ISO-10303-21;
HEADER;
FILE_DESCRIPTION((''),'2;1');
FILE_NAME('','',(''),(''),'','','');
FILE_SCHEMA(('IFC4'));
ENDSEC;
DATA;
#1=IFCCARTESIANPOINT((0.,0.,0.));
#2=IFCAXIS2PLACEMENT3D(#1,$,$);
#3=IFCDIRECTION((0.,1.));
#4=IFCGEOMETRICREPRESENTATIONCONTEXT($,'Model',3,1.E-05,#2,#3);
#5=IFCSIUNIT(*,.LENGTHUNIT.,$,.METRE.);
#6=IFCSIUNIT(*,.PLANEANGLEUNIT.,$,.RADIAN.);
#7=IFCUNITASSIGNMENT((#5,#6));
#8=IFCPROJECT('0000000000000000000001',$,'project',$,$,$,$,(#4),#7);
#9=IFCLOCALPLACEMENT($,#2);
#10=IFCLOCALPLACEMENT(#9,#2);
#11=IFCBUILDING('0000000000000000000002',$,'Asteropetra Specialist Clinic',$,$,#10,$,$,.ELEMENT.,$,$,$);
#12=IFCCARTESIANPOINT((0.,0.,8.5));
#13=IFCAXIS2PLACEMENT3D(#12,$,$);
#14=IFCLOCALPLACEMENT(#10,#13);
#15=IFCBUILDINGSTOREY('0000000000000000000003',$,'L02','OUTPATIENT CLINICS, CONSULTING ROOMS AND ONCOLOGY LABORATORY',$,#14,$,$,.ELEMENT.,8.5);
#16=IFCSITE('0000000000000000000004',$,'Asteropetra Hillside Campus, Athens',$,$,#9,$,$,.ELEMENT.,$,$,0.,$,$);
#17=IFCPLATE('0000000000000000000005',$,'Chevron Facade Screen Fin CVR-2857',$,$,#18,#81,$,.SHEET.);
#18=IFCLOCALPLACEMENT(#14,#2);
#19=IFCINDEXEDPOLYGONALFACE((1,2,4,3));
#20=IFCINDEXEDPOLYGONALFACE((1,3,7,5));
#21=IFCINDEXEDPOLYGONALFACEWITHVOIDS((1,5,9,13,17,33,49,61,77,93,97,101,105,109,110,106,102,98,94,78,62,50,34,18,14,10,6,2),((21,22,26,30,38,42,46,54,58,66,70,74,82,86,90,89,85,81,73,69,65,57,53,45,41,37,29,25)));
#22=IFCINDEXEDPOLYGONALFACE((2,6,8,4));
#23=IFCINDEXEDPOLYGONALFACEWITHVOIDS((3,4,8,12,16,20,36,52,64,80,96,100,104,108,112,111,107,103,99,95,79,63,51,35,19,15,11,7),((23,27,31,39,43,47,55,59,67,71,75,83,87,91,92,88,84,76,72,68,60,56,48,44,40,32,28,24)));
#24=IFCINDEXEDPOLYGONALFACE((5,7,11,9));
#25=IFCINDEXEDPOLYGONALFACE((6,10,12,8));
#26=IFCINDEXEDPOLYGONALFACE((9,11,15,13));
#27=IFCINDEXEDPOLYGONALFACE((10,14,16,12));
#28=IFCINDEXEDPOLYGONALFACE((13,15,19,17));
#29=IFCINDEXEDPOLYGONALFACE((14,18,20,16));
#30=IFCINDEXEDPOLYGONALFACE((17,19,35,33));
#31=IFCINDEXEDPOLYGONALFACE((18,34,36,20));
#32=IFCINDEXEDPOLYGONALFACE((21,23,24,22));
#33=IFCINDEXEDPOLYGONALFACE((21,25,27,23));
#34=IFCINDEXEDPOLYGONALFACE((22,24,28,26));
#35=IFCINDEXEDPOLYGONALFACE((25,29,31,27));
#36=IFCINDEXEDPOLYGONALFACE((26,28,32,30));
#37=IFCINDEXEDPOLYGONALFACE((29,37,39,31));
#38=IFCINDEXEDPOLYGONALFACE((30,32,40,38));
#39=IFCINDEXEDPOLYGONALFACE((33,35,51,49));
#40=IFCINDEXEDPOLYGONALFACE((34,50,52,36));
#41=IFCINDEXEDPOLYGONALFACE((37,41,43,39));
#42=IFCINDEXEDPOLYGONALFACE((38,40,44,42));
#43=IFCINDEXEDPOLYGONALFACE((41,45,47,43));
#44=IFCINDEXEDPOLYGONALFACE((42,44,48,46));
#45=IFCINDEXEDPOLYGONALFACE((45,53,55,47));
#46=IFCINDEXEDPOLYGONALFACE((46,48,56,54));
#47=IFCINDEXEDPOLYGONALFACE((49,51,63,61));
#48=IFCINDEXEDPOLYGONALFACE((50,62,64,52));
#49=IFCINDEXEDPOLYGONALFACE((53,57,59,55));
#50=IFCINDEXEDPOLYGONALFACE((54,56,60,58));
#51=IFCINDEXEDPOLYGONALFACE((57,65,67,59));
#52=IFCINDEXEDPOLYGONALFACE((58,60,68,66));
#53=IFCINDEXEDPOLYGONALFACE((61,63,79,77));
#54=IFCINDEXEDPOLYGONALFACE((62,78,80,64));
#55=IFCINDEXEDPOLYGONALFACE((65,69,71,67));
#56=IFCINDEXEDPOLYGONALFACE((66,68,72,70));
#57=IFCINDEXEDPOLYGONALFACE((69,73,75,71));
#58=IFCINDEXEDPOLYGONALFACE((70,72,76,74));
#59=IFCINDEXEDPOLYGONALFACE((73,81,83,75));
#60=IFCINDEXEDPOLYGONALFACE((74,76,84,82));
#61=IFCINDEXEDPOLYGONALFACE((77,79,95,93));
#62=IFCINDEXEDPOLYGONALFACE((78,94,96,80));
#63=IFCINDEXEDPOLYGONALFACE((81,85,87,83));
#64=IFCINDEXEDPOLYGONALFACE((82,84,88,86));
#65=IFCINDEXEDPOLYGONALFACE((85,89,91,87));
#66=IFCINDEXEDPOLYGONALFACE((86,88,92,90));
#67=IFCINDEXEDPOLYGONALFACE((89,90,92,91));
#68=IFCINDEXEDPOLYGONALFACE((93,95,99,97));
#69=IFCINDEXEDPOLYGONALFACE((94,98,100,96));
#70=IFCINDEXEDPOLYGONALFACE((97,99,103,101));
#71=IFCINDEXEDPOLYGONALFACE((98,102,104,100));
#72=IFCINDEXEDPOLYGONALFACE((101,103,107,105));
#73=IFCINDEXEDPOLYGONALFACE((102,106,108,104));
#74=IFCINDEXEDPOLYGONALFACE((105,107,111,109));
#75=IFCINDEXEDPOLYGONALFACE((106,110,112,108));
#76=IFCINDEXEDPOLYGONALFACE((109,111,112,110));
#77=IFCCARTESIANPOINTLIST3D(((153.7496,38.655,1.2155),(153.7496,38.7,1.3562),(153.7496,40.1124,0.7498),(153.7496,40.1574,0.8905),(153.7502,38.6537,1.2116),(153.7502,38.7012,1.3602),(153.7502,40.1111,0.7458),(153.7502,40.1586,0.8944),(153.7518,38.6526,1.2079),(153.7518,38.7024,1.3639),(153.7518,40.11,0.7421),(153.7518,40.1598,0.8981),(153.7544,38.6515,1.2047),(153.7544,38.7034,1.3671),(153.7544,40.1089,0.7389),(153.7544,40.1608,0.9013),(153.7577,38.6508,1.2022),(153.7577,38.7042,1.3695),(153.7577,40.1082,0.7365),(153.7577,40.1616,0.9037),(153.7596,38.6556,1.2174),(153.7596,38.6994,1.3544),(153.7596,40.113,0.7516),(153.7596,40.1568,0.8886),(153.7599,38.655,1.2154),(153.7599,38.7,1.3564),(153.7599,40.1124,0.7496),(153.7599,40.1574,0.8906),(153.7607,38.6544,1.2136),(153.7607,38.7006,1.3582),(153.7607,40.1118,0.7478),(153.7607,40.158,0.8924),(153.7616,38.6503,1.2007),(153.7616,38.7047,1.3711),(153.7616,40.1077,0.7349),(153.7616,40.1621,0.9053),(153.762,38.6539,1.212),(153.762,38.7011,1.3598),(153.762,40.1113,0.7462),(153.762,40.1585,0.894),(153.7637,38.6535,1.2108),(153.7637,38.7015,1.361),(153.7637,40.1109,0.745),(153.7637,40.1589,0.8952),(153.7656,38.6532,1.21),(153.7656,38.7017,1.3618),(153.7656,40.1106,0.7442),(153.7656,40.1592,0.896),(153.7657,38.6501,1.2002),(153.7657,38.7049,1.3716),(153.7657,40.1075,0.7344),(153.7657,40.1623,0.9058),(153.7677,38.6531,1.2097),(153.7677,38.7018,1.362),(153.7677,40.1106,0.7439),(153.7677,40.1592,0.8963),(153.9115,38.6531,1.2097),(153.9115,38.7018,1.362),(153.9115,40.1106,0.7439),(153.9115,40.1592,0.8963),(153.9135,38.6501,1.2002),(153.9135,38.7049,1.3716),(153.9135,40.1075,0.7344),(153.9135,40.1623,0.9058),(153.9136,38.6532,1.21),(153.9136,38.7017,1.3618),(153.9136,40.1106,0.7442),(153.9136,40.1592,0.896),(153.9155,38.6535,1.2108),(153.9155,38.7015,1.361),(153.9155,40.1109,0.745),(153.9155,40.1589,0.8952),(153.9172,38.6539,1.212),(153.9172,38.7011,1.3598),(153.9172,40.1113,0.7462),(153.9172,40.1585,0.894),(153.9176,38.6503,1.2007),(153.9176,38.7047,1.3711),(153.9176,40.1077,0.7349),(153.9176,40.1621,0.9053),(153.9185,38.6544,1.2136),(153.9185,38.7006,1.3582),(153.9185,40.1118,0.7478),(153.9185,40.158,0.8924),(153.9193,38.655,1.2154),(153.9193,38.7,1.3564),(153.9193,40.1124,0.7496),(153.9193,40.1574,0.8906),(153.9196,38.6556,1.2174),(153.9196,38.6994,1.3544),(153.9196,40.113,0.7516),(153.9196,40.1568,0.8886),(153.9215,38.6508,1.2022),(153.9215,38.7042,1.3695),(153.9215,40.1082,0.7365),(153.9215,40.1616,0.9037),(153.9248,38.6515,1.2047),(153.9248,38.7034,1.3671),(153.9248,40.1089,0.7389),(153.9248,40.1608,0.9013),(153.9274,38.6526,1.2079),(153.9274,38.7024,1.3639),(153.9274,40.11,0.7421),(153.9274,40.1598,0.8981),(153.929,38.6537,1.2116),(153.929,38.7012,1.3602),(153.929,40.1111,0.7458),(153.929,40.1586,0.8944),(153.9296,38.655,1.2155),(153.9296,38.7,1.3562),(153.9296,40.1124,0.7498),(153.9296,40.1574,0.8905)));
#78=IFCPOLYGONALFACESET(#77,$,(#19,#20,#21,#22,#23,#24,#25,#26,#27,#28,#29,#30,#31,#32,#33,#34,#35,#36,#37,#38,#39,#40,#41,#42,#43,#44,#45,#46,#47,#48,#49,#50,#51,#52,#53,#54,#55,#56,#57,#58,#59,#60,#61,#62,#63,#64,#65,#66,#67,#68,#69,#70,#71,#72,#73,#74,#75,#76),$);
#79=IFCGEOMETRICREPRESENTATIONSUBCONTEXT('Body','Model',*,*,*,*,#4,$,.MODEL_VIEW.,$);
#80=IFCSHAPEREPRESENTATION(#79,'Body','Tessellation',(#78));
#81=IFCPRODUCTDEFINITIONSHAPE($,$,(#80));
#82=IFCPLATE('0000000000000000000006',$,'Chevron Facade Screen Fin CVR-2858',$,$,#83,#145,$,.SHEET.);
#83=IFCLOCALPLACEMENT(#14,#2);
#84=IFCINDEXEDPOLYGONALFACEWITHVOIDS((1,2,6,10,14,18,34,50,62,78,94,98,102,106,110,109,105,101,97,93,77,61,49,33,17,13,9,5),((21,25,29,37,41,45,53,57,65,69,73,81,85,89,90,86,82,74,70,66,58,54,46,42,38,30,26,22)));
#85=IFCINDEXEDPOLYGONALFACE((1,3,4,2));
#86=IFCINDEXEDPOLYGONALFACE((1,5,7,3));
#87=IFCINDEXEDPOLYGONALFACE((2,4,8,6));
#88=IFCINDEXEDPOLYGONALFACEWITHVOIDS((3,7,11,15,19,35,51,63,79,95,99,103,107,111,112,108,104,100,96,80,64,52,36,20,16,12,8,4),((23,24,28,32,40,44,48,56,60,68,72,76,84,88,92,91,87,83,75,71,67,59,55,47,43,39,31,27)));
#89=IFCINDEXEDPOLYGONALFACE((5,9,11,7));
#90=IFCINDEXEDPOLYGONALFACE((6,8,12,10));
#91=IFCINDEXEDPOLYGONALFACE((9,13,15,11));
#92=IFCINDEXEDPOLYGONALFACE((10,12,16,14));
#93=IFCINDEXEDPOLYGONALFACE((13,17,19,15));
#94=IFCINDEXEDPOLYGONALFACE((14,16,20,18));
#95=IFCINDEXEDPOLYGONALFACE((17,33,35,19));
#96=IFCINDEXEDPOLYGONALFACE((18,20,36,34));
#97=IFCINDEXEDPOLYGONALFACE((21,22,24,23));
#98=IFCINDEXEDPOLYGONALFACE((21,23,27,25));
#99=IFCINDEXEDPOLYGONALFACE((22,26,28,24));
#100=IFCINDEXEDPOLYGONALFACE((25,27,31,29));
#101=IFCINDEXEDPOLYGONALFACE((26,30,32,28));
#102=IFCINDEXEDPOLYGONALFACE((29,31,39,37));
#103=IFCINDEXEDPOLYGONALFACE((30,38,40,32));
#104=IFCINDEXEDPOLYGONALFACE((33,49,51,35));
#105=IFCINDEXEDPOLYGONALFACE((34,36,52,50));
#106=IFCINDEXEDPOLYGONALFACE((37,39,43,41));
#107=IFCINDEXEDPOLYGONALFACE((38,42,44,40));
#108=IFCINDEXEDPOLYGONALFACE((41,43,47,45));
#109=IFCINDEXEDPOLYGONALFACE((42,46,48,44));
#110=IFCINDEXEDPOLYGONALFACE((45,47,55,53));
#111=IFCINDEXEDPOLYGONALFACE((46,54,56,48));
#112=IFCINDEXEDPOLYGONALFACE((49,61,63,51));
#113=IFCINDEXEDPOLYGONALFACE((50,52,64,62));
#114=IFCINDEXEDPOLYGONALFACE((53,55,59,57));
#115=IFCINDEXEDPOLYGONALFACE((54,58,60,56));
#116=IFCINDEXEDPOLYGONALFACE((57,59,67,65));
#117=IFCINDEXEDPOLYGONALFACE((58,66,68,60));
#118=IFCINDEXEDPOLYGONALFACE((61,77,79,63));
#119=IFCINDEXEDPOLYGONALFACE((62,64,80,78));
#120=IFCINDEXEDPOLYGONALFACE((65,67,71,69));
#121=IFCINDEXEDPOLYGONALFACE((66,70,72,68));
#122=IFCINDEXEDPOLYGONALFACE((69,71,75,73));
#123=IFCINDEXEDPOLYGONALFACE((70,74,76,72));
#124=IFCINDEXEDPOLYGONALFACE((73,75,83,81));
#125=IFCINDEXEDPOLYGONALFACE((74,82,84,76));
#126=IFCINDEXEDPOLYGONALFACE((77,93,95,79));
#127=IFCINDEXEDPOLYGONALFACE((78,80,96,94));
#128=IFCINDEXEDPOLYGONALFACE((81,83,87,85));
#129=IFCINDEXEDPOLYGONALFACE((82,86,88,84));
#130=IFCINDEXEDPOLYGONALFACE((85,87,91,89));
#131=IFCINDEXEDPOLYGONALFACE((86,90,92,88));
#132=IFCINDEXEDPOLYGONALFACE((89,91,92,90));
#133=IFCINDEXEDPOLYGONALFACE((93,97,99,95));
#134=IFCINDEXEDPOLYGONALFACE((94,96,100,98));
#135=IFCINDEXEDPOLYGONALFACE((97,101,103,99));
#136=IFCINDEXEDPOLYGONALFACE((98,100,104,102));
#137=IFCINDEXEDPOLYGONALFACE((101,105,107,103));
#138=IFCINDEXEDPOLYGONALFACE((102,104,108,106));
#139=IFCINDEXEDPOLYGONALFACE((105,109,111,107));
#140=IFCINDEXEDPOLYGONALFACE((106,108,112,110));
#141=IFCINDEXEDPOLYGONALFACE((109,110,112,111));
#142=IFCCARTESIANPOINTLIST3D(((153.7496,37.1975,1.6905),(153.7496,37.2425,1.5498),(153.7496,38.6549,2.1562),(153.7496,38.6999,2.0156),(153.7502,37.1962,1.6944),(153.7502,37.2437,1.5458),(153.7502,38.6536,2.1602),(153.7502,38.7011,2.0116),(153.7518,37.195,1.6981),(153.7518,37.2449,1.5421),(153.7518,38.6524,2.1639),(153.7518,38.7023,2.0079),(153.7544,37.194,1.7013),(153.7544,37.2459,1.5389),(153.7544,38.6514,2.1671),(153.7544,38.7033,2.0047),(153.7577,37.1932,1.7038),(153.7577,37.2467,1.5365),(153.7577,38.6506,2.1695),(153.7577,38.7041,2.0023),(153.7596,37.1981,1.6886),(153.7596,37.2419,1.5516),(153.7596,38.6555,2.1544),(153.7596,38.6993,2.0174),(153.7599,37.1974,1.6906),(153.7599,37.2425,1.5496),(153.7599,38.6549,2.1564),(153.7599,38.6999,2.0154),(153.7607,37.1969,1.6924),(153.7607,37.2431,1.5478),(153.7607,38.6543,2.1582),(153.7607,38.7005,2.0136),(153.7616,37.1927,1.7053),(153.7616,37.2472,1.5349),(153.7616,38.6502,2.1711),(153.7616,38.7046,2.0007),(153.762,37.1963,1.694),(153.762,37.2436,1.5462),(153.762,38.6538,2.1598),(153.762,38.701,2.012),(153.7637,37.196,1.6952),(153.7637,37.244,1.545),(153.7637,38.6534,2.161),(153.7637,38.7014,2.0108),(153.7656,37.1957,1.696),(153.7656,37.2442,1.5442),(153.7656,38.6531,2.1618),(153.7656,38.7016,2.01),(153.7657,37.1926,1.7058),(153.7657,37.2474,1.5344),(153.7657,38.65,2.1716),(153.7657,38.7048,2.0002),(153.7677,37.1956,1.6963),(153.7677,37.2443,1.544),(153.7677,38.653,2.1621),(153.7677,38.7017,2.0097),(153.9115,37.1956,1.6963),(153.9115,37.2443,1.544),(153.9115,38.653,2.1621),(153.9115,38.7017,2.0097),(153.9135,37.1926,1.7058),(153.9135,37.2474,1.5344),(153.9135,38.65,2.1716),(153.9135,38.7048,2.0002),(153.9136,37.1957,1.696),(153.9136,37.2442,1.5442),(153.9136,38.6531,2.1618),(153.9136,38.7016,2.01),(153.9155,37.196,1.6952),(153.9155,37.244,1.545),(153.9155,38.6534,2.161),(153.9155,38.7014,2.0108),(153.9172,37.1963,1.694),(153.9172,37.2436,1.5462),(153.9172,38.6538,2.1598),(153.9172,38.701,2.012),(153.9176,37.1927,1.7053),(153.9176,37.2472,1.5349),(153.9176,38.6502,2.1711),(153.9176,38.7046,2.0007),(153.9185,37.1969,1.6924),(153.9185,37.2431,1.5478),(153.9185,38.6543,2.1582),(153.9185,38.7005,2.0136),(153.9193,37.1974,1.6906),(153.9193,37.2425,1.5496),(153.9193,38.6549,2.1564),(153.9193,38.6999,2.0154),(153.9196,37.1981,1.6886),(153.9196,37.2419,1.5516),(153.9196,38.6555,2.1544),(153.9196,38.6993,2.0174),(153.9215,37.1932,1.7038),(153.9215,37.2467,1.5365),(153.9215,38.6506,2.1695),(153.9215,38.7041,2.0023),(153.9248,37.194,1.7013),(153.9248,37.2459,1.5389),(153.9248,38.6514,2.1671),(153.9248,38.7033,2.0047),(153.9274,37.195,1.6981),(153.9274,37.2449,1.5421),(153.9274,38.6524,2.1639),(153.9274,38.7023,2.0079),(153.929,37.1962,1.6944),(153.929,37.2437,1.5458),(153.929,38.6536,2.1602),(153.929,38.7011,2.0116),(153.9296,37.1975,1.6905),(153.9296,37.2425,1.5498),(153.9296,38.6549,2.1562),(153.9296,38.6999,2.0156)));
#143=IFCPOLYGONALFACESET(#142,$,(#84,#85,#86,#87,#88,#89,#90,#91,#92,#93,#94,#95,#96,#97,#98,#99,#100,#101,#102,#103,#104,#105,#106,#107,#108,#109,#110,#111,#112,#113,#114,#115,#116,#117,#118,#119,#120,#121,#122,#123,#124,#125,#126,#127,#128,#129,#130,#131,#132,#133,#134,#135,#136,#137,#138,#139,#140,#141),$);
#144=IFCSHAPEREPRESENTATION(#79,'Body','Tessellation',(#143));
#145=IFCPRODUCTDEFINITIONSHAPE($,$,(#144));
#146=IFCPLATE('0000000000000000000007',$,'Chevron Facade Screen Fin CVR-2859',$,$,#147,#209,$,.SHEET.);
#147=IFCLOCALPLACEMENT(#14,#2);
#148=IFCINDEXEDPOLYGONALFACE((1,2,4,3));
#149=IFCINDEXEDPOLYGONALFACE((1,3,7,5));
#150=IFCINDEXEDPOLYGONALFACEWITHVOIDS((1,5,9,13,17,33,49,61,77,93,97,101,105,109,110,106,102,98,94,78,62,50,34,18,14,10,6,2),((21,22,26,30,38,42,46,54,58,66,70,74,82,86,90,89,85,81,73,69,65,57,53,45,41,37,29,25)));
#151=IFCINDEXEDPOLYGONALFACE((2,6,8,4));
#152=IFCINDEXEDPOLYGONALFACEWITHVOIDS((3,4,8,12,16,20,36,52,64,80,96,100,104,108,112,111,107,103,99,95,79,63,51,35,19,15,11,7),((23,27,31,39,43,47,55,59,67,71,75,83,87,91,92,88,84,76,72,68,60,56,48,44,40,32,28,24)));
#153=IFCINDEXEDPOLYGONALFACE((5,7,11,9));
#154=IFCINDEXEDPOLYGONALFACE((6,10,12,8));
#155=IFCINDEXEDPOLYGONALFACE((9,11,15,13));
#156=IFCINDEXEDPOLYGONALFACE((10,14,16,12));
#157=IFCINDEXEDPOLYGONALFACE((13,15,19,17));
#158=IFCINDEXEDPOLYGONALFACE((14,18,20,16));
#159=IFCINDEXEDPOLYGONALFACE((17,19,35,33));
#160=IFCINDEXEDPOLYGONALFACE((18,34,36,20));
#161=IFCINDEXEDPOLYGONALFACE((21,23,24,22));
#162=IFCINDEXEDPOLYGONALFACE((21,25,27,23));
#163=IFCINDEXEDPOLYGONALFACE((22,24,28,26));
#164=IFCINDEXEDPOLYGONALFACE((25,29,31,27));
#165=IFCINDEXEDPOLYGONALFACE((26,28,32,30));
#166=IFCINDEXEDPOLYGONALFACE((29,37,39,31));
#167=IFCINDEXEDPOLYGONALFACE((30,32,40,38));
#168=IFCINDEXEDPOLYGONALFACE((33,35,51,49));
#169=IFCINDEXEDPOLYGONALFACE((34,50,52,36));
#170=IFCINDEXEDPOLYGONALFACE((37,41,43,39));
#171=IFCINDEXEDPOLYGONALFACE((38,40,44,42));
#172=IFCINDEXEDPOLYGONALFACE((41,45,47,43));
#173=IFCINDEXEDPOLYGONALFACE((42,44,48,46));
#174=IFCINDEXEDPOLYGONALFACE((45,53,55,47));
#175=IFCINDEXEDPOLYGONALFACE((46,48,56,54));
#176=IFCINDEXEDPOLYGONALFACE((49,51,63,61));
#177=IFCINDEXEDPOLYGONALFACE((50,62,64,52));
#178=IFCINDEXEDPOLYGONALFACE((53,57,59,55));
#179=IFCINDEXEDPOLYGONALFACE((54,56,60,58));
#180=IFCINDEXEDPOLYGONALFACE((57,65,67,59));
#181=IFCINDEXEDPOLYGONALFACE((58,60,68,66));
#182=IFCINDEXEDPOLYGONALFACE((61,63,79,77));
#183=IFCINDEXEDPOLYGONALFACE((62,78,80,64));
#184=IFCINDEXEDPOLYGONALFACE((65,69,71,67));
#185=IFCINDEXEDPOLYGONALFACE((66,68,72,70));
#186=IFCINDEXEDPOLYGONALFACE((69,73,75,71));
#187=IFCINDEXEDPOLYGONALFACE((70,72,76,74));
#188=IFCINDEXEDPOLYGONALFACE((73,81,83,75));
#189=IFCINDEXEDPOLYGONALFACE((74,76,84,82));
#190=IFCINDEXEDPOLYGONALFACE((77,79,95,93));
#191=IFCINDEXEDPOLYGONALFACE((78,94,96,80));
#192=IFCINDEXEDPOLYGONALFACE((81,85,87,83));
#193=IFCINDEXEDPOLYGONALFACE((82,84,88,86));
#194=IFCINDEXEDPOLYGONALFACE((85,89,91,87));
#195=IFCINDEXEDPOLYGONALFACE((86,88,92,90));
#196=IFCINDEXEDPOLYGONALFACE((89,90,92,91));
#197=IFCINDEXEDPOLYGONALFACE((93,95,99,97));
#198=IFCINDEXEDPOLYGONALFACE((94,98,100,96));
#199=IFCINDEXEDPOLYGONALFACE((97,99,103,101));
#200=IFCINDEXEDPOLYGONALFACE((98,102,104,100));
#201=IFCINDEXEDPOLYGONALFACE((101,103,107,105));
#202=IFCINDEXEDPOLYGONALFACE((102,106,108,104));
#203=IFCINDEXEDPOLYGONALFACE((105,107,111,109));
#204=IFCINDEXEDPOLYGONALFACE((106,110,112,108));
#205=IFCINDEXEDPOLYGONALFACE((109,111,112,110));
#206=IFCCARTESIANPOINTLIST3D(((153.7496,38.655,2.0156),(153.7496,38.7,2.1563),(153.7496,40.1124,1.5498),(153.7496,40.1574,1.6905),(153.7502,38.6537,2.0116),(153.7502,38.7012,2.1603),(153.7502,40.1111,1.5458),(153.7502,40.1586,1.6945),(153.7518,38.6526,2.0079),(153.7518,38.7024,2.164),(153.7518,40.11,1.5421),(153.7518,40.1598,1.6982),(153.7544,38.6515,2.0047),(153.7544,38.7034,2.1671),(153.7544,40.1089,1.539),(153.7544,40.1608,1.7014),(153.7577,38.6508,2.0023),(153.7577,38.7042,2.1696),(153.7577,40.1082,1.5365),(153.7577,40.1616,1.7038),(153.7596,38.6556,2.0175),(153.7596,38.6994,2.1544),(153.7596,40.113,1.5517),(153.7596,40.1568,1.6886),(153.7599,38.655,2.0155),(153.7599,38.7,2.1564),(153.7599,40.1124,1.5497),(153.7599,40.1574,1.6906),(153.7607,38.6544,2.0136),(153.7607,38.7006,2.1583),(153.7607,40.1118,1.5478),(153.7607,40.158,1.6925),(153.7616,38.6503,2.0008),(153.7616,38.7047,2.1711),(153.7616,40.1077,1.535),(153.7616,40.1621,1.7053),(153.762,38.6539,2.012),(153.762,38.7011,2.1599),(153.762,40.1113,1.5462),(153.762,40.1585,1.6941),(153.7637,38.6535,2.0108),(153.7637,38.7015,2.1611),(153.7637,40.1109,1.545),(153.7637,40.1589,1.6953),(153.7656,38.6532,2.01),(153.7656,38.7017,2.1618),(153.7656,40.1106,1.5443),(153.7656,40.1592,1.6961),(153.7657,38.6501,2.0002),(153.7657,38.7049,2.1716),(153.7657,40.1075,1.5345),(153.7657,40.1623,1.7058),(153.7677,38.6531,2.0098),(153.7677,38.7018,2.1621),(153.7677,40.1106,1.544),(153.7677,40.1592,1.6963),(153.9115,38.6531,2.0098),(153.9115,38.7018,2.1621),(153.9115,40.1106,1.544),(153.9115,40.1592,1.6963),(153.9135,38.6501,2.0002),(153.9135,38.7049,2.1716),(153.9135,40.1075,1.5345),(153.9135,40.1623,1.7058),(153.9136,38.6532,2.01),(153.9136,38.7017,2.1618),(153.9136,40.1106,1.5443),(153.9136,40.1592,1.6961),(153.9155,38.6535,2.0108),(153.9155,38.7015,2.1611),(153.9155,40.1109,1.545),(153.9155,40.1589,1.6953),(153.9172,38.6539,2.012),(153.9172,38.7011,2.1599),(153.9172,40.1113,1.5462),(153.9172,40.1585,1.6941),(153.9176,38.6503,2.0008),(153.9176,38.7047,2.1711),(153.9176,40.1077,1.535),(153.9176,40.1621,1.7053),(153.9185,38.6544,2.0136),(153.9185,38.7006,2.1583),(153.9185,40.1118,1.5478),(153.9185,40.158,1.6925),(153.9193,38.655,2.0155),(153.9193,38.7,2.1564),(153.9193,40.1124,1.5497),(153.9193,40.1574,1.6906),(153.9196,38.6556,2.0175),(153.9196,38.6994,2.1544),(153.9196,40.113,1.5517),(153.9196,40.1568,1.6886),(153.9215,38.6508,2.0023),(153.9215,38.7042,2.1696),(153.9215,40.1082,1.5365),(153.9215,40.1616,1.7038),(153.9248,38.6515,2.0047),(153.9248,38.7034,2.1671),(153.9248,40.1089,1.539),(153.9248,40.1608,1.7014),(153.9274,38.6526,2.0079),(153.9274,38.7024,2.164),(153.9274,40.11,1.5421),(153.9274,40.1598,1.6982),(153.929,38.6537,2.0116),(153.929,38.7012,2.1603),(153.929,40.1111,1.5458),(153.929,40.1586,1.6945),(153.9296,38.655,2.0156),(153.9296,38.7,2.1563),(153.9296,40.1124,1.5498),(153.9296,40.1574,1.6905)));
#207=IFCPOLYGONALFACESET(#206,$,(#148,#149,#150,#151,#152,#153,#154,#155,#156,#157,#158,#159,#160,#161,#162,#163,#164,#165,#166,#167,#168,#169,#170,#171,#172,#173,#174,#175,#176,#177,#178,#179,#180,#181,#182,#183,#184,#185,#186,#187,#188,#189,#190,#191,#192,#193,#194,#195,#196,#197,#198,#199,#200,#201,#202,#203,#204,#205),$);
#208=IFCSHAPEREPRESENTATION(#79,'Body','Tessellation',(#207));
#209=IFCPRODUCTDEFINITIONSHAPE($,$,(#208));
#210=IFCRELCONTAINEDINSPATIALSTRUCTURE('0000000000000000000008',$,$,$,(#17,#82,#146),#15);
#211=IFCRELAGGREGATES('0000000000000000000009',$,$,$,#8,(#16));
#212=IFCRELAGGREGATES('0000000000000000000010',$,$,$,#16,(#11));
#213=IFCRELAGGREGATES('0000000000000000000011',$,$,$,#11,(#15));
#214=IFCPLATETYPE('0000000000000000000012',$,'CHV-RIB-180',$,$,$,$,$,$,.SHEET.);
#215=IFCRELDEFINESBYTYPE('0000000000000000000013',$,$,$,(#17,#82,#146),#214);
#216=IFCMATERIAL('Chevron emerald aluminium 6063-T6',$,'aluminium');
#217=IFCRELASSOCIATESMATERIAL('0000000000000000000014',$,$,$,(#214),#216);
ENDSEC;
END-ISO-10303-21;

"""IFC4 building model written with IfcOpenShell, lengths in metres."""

from ifc_helpers import new_model, si_unit, direction, frame, origin, origin_2d, place, context, subcontext, project, spatial, hollow_rectangle, extrude, material, material_profile, profile_set, type_object, element, save


model = new_model("IFC4")

# Units and contexts
model_context = context("Model", 3, precision=1e-05, world=origin(), true_north=direction((0.0, 1.0)))
body_context = subcontext(model_context, "Body", "Model", "MODEL_VIEW")
ifc_project = project(units=[si_unit("LENGTHUNIT", "METRE"), si_unit("PLANEANGLEUNIT", "RADIAN")], contexts=[model_context])

# Site, building, storey
site_placement = place(None, origin())
site = spatial("IfcSite", under=ifc_project, at=site_placement, Name="Asteropetra Hillside Campus, Athens", CompositionType="ELEMENT", RefElevation=0.0)
building_placement = place(site_placement, origin())
building = spatial("IfcBuilding", under=site, at=building_placement, Name="Asteropetra Specialist Clinic", CompositionType="ELEMENT")
storey_placement = place(building_placement, frame((0.0, 0.0, 8.5)))
storey = spatial("IfcBuildingStorey", under=building, at=storey_placement, Name="L02", Description="OUTPATIENT CLINICS, CONSULTING ROOMS AND ONCOLOGY LABORATORY", CompositionType="ELEMENT", Elevation=8.5)

# Plates
ifc_material_1 = material(Name="Chevron emerald aluminium 6063-T6", Category="aluminium")
ifc_material_profile = material_profile(ifc_material_1, hollow_rectangle(XDim=0.1799, YDim=0.1799, WallThickness=0.01, InnerFilletRadius=0.0081, OuterFilletRadius=0.0161, at=origin_2d()), Name="SHS 180x180x10.0")
ifc_profile_set = profile_set([ifc_material_profile], Name="Chevron emerald aluminium 6063-T6")
plate_type = type_object("IfcPlateType", Name="CHV-RIB-180", PredefinedType="SHEET", material=ifc_profile_set)
for number, where, z_axis, x_axis, name in (
    (1, (153.8396, 38.6775, 1.2859), (0.0, 0.952535, -0.304428), (-1.0, 0.0, 0.0), "Chevron Facade Screen Fin CVR-2857"),
    (2, (153.8396, 37.22, 1.6201), (0.0, 0.952535, 0.304428), (-1.0, 0.0, 0.0), "Chevron Facade Screen Fin CVR-2858"),
    (3, (153.8396, 38.6775, 2.0859), (0.0, 0.952535, -0.304428), (-1.0, 0.0, 0.0), "Chevron Facade Screen Fin CVR-2859"),
):
    element("IfcPlate", number, at=place(storey_placement, frame(where, z_axis=z_axis, x_axis=x_axis)), inside=storey, type_object=plate_type, Name=name, PredefinedType="SHEET", context=body_context, shape_type="SweptSolid", body=[
        extrude(hollow_rectangle(XDim=0.1799, YDim=0.1799, WallThickness=0.01, InnerFilletRadius=0.0081, OuterFilletRadius=0.0161, at=origin_2d()), origin(), (0.0, 0.0, 1.0), 1.53),
    ])

save(model, "model.ifc")
